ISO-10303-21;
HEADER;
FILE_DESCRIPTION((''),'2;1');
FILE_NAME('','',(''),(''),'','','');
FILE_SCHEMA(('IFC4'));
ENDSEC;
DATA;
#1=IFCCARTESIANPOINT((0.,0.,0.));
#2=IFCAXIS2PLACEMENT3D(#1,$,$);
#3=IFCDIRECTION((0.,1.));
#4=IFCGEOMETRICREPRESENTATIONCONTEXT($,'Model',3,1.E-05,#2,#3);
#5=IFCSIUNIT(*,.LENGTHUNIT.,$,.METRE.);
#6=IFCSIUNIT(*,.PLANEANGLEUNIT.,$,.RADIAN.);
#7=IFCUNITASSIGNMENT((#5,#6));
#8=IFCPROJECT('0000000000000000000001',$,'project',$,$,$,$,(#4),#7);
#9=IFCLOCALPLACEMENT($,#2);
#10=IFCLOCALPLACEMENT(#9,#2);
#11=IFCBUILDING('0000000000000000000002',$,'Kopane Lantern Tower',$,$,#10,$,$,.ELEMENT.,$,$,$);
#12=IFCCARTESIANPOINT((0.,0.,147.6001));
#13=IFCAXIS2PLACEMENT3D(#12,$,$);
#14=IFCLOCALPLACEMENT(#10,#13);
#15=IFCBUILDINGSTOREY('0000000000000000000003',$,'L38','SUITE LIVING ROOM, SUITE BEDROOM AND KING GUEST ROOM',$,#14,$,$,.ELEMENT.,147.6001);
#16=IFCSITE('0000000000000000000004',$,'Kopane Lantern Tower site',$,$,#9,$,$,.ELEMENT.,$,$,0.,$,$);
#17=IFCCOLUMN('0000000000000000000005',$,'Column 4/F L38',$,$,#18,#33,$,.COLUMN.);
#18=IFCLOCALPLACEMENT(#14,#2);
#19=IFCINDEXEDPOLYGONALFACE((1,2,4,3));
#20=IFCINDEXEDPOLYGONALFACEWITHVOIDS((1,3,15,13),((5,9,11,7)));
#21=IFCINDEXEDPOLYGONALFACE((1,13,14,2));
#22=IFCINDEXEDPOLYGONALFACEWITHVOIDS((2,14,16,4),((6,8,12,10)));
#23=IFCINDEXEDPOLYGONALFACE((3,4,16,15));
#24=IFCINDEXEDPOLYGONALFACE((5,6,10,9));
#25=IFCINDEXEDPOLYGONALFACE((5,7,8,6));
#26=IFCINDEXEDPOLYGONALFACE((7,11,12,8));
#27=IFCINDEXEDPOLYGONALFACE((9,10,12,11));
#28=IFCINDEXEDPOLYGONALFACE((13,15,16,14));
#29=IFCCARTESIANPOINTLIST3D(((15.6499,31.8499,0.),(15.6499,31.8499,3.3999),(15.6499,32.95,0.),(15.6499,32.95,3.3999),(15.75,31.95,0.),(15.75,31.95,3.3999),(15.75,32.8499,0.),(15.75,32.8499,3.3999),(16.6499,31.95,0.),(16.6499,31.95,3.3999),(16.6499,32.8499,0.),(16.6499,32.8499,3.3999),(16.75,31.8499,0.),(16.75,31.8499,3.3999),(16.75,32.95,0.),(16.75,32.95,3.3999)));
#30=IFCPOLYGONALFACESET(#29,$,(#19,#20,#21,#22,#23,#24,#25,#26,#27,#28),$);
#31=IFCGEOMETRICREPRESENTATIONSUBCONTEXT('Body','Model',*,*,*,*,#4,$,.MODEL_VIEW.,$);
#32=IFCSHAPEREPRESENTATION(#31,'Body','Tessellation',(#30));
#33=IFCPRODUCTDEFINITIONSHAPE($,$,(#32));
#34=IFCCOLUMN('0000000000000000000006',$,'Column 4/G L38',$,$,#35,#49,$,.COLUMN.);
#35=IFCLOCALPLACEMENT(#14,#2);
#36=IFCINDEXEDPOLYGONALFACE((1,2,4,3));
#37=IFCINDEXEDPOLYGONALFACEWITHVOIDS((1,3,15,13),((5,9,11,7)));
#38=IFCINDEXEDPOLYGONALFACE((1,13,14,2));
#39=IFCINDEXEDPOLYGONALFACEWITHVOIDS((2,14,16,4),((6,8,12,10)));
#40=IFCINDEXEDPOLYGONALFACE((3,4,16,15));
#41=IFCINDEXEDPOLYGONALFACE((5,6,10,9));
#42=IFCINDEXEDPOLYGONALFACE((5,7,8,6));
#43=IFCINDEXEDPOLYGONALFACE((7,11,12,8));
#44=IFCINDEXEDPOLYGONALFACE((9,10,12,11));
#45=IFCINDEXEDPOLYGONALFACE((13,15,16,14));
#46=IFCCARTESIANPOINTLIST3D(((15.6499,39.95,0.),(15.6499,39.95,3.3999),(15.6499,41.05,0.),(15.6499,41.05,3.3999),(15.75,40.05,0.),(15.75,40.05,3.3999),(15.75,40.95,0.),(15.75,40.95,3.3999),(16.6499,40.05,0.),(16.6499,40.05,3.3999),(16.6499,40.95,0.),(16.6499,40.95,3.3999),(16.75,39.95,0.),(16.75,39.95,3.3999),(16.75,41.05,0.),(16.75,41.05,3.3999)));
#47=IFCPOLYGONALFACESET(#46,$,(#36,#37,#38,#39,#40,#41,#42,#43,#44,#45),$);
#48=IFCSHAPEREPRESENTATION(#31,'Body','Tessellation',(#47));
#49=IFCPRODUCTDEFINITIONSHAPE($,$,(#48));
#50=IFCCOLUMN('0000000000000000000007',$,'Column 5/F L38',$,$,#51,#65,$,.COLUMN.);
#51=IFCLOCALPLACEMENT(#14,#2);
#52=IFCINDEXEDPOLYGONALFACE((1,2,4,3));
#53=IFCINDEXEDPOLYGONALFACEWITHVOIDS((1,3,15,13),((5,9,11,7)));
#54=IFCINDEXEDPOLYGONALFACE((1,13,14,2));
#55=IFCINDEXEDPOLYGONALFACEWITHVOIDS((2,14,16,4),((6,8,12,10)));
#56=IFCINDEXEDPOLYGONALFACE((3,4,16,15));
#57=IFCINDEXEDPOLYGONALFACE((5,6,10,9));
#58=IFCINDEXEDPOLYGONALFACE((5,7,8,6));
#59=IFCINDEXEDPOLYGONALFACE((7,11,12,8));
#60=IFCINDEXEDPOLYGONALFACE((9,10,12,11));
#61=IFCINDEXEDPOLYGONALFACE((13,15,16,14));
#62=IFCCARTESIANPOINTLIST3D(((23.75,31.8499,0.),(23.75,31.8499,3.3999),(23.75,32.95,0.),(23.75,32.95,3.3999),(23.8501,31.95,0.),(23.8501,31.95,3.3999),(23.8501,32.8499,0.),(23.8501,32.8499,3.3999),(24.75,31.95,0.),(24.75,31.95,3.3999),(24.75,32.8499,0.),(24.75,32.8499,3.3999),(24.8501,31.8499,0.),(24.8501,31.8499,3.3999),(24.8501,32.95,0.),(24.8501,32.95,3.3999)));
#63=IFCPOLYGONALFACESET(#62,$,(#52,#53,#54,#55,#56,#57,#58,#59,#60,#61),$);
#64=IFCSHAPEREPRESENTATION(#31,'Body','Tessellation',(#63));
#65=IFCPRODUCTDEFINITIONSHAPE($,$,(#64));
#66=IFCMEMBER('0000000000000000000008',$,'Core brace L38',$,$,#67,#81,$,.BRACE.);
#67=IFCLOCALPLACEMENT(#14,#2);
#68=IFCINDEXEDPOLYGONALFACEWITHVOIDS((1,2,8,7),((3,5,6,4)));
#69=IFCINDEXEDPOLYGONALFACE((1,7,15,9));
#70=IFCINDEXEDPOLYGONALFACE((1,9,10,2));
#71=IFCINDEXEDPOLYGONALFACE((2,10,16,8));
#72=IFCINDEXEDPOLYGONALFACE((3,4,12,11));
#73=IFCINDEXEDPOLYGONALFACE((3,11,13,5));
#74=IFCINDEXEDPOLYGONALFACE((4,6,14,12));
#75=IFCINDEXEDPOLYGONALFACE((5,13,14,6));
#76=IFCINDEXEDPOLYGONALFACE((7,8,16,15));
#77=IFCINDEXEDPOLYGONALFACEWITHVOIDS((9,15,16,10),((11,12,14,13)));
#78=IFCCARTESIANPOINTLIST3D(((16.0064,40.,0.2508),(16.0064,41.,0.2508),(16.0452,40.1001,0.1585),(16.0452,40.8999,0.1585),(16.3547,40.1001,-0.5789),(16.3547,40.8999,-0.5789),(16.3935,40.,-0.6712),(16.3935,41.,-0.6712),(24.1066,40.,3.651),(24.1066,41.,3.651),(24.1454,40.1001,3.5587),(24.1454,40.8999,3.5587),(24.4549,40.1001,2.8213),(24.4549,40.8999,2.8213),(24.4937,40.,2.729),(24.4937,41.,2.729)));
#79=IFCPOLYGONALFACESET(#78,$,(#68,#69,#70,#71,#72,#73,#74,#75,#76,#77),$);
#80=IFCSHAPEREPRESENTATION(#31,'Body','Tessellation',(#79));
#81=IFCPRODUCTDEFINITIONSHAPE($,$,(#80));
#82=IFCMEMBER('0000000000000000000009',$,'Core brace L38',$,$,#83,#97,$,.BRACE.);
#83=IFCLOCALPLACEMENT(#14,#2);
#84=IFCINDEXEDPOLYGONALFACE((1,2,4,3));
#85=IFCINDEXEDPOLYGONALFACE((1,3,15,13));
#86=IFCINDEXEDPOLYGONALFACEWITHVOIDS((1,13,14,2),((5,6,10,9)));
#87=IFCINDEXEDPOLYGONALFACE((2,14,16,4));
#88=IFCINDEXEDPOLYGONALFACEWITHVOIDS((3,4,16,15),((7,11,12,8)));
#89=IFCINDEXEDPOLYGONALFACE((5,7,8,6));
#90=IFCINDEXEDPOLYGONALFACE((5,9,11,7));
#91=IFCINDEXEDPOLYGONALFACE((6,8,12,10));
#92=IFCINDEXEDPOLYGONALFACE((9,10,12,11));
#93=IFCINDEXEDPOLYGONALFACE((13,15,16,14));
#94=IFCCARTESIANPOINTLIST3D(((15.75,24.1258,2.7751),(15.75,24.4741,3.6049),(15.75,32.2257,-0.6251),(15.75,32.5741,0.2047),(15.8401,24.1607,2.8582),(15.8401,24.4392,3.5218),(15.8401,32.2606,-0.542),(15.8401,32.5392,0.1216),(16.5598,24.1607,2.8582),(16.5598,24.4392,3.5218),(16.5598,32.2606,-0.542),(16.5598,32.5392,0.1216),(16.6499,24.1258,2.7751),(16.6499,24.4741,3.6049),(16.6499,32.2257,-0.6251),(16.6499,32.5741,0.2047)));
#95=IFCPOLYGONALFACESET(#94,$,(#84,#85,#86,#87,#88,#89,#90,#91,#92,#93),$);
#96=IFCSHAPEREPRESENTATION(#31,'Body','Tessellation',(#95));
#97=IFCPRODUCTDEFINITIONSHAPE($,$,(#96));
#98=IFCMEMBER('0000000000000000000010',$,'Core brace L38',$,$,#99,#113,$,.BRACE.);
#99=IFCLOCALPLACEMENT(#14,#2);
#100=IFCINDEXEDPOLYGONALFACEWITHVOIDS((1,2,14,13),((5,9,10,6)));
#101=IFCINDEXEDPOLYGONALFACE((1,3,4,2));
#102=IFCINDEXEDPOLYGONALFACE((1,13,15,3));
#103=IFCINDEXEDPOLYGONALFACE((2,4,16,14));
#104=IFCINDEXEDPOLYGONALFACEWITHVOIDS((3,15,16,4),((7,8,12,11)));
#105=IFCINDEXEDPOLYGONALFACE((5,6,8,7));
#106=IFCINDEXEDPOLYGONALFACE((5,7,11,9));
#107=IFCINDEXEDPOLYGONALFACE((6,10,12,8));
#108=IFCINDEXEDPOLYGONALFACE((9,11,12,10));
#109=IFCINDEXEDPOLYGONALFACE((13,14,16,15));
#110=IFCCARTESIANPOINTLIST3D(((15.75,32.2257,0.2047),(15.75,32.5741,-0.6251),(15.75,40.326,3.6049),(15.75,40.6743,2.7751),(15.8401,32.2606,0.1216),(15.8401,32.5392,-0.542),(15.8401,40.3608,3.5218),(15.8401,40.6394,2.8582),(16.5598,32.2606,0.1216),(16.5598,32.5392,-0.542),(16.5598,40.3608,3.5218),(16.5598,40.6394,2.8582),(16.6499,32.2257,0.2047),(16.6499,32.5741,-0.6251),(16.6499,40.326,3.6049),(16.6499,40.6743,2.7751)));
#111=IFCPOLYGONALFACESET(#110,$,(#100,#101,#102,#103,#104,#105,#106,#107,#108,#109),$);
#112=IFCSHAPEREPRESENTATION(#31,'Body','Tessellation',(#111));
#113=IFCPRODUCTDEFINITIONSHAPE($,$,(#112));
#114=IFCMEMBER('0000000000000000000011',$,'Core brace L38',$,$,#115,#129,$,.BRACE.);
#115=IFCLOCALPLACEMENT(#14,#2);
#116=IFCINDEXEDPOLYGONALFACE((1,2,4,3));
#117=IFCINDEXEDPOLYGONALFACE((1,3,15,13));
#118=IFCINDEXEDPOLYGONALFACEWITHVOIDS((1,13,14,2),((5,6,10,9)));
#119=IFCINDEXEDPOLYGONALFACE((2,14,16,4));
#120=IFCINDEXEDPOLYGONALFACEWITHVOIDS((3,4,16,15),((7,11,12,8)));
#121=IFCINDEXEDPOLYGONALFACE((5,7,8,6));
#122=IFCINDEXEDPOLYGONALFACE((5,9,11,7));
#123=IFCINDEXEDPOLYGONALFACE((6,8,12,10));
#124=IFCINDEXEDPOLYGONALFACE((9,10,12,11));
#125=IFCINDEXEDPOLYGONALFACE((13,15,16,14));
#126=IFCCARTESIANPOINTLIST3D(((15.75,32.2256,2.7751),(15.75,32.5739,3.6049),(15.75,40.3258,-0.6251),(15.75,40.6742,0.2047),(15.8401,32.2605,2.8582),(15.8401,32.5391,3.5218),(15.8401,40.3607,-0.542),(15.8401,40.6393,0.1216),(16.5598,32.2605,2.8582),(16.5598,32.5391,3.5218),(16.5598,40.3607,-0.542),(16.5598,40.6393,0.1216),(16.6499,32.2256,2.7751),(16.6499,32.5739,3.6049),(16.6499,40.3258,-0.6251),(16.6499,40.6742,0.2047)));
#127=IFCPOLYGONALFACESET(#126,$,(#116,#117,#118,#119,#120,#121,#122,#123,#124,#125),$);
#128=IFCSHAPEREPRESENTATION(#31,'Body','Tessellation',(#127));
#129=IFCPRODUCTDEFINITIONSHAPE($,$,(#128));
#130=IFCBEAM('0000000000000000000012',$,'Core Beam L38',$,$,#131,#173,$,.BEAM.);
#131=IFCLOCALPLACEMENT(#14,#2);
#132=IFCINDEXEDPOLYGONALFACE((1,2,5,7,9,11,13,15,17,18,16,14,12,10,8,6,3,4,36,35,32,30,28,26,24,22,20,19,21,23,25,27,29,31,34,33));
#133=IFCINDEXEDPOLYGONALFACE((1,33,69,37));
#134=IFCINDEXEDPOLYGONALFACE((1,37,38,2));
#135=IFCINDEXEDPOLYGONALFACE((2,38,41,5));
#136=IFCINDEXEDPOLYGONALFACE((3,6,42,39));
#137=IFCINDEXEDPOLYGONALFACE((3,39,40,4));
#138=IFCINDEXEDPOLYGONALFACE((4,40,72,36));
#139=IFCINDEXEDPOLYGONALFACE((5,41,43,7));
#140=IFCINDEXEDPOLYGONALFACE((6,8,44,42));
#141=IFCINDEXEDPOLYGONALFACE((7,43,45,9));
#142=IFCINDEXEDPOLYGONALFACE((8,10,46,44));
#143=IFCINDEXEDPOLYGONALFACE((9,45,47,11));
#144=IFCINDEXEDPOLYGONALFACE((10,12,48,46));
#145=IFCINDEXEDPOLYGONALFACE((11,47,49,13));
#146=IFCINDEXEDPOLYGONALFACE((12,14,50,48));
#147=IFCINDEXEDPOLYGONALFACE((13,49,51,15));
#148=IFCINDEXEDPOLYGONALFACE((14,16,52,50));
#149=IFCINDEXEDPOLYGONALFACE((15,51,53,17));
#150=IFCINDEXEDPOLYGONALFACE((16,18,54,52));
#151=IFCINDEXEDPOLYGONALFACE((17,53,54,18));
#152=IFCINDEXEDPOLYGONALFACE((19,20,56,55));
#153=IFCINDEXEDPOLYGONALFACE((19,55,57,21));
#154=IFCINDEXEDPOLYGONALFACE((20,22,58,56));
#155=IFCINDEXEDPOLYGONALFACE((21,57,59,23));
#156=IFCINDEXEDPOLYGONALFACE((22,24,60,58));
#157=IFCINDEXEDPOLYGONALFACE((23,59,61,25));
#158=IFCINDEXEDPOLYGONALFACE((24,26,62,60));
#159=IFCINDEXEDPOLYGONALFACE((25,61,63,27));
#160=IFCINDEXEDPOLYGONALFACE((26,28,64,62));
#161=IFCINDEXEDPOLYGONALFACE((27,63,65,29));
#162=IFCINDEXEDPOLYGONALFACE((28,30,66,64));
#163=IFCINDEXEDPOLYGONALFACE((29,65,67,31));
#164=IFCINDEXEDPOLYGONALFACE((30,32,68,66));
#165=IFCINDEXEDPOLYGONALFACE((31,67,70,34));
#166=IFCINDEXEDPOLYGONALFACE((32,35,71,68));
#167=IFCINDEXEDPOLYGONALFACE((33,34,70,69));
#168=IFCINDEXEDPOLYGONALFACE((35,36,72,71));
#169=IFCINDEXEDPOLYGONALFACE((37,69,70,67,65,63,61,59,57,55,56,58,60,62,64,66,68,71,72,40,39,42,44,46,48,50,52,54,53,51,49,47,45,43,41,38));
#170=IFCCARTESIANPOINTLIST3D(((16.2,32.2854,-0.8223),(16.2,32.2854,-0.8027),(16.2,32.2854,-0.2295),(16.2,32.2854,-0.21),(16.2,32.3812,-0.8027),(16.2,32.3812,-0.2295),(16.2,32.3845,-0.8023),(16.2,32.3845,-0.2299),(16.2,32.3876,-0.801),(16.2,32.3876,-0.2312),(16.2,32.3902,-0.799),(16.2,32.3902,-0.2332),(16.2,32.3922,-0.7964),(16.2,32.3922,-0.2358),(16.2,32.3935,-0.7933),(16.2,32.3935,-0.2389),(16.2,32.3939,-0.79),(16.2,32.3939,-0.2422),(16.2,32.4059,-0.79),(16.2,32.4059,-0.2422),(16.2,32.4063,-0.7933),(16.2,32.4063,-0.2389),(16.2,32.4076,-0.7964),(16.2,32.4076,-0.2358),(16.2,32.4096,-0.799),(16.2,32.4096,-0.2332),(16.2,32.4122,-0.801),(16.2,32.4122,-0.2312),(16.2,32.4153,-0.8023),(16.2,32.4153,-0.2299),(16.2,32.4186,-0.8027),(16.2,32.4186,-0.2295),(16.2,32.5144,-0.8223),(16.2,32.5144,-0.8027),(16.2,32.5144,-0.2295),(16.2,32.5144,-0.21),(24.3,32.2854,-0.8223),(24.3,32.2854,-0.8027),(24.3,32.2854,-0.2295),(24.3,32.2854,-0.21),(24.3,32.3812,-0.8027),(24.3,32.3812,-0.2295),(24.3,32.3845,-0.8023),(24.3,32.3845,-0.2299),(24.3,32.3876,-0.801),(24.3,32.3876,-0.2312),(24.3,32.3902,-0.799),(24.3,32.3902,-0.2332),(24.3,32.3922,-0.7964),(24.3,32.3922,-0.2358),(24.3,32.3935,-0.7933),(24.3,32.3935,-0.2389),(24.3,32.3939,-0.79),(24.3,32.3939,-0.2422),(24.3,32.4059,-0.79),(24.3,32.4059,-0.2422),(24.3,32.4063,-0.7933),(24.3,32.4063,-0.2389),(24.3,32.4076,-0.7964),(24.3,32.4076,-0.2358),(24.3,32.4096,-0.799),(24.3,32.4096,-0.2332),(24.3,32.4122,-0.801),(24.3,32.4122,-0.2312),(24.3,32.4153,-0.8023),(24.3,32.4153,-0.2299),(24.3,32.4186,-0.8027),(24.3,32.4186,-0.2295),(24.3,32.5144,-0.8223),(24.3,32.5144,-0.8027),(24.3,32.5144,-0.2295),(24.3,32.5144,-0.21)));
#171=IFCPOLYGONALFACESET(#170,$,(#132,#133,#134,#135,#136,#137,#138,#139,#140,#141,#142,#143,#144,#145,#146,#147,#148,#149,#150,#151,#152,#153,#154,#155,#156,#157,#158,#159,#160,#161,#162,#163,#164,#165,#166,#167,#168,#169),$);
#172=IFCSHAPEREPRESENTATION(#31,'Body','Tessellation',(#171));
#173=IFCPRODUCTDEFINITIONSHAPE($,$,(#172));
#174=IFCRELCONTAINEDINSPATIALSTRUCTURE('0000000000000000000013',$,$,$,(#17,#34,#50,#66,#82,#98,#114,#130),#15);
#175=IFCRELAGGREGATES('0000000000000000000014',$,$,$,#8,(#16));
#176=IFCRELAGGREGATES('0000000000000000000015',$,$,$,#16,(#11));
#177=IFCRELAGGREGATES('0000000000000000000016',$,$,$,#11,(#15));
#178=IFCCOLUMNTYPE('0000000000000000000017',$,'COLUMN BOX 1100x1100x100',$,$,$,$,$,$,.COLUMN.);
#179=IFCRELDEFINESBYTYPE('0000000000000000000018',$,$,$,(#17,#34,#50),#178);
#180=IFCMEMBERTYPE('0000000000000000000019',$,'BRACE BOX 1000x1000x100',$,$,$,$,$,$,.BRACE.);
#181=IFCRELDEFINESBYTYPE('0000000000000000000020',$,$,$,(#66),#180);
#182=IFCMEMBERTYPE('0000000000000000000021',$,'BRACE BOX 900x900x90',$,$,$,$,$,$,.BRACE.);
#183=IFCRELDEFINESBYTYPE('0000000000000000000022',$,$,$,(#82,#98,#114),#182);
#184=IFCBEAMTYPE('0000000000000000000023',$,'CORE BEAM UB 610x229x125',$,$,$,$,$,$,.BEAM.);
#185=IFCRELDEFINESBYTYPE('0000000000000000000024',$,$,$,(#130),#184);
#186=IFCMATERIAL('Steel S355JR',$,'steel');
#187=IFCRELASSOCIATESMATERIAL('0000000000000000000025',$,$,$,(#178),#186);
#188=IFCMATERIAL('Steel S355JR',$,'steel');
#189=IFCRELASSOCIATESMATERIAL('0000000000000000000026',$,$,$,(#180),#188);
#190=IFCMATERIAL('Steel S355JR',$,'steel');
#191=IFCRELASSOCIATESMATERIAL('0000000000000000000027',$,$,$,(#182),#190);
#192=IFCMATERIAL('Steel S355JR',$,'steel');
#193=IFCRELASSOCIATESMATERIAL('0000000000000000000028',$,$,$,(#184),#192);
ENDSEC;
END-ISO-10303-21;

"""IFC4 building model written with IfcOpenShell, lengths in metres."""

from ifc_helpers import new_model, si_unit, direction, frame, origin, origin_2d, place, context, subcontext, project, spatial, hollow_rectangle, i_section, extrude, material, material_profile, profile_set, type_object, element, save


model = new_model("IFC4")

# Units and contexts
model_context = context("Model", 3, precision=1e-05, world=origin(), true_north=direction((0.0, 1.0)))
body_context = subcontext(model_context, "Body", "Model", "MODEL_VIEW")
ifc_project = project(units=[si_unit("LENGTHUNIT", "METRE"), si_unit("PLANEANGLEUNIT", "RADIAN")], contexts=[model_context])

# Site, building, storey
site_placement = place(None, origin())
site = spatial("IfcSite", under=ifc_project, at=site_placement, Name="Kopane Lantern Tower site", CompositionType="ELEMENT", RefElevation=0.0)
building_placement = place(site_placement, origin())
building = spatial("IfcBuilding", under=site, at=building_placement, Name="Kopane Lantern Tower", CompositionType="ELEMENT")
storey_placement = place(building_placement, frame((0.0, 0.0, 147.6001)))
storey = spatial("IfcBuildingStorey", under=building, at=storey_placement, Name="L38", Description="SUITE LIVING ROOM, SUITE BEDROOM AND KING GUEST ROOM", CompositionType="ELEMENT", Elevation=147.6001)

# Columns
ifc_material_1 = material(Name="Steel S355JR", Category="steel")
ifc_material_profile_1 = material_profile(ifc_material_1, hollow_rectangle(XDim=1.1001, YDim=1.1001, WallThickness=0.1001, at=origin_2d()), Name="BOX 1100x1100x100")
ifc_profile_set_1 = profile_set([ifc_material_profile_1], Name="Steel S355JR")
column_type = type_object("IfcColumnType", Name="COLUMN BOX 1100x1100x100", PredefinedType="COLUMN", material=ifc_profile_set_1)
for number, where, z_axis, x_axis, name in (
    (1, (16.2, 32.3999, 0.0), (0.0, 0.0, 1.0), (1.0, 0.0, 0.0), "Column 4/F L38"),
    (2, (16.2, 40.5, 0.0), (0.0, 0.0, 1.0), (1.0, 0.0, 0.0), "Column 4/G L38"),
    (3, (24.3, 32.3999, 0.0), (0.0, 0.0, 1.0), (1.0, 0.0, 0.0), "Column 5/F L38"),
):
    element("IfcColumn", number, at=place(storey_placement, frame(where, z_axis=z_axis, x_axis=x_axis)), inside=storey, type_object=column_type, Name=name, PredefinedType="COLUMN", context=body_context, shape_type="SweptSolid", body=[
        extrude(hollow_rectangle(XDim=1.1001, YDim=1.1001, WallThickness=0.1001, at=origin_2d()), origin(), (0.0, 0.0, 1.0), 3.3999),
    ])

# Members
ifc_material_2 = material(Name="Steel S355JR", Category="steel")
ifc_material_profile_2 = material_profile(ifc_material_2, hollow_rectangle(XDim=1.0, YDim=1.0, WallThickness=0.1001, at=origin_2d()), Name="BOX 1000x1000x100")
ifc_profile_set_2 = profile_set([ifc_material_profile_2], Name="Steel S355JR")
member_type_1 = type_object("IfcMemberType", Name="BRACE BOX 1000x1000x100", PredefinedType="BRACE", material=ifc_profile_set_2)
member_1_placement = place(storey_placement, frame((16.2, 40.5, -0.2102), z_axis=(0.922059, 0.0, 0.387049), x_axis=(0.0, 1.0, 0.0)))
element("IfcMember", 4, at=member_1_placement, inside=storey, type_object=member_type_1, Name="Core brace L38", PredefinedType="BRACE", context=body_context, shape_type="SweptSolid", body=[
    extrude(hollow_rectangle(XDim=1.0, YDim=1.0, WallThickness=0.1001, at=origin_2d()), origin(), (0.0, 0.0, 1.0), 8.7849),
])
ifc_material_3 = material(Name="Steel S355JR", Category="steel")
ifc_material_profile_3 = material_profile(ifc_material_3, hollow_rectangle(XDim=0.8999, YDim=0.8999, WallThickness=0.0901, at=origin_2d()), Name="BOX 900x900x90")
ifc_profile_set_3 = profile_set([ifc_material_profile_3], Name="Steel S355JR")
member_type_2 = type_object("IfcMemberType", Name="BRACE BOX 900x900x90", PredefinedType="BRACE", material=ifc_profile_set_3)
member_2_placement = place(storey_placement, frame((16.2, 32.3999, -0.2102), z_axis=(0.0, -0.922055, 0.387059), x_axis=(1.0, 0.0, 0.0)))
element("IfcMember", 5, at=member_2_placement, inside=storey, type_object=member_type_2, Name="Core brace L38", PredefinedType="BRACE", context=body_context, shape_type="SweptSolid", body=[
    extrude(hollow_rectangle(XDim=0.8999, YDim=0.8999, WallThickness=0.0901, at=origin_2d()), origin(), (0.0, 0.0, 1.0), 8.7847),
])
for number, where, z_axis, x_axis, name in (
    (6, (16.2, 32.3999, -0.2102), (0.0, 0.922059, 0.387049), (-1.0, 0.0, 0.0), "Core brace L38"),
    (7, (16.2, 40.5, -0.2102), (0.0, -0.922059, 0.387049), (1.0, 0.0, 0.0), "Core brace L38"),
):
    element("IfcMember", number, at=place(storey_placement, frame(where, z_axis=z_axis, x_axis=x_axis)), inside=storey, type_object=member_type_2, Name=name, PredefinedType="BRACE", context=body_context, shape_type="SweptSolid", body=[
        extrude(hollow_rectangle(XDim=0.8999, YDim=0.8999, WallThickness=0.0901, at=origin_2d()), origin(), (0.0, 0.0, 1.0), 8.7849),
    ])

# Beam
ifc_material_4 = material(Name="Steel S355JR", Category="steel")
ifc_material_profile_4 = material_profile(ifc_material_4, i_section(OverallWidth=0.229, OverallDepth=0.6123, WebThickness=0.012, FlangeThickness=0.0195, FilletRadius=0.0127, at=origin_2d()), Name="UB 610x229x125")
ifc_profile_set_4 = profile_set([ifc_material_profile_4], Name="Steel S355JR")
beam_type_1 = type_object("IfcBeamType", Name="CORE BEAM UB 610x229x125", PredefinedType="BEAM", material=ifc_profile_set_4)
for number, where, z_axis, x_axis, name in (
    (8, (16.2, 32.3999, -0.5161), (1.0, 0.0, 0.0), (0.0, 1.0, 0.0), "Core Beam L38"),
):
    element("IfcBeam", number, at=place(storey_placement, frame(where, z_axis=z_axis, x_axis=x_axis)), inside=storey, type_object=beam_type_1, Name=name, PredefinedType="BEAM", context=body_context, shape_type="SweptSolid", body=[
        extrude(i_section(OverallWidth=0.229, OverallDepth=0.6123, WebThickness=0.012, FlangeThickness=0.0195, FilletRadius=0.0127, at=origin_2d()), origin(), (0.0, 0.0, 1.0), 8.1001),
    ])

save(model, "model.ifc")
